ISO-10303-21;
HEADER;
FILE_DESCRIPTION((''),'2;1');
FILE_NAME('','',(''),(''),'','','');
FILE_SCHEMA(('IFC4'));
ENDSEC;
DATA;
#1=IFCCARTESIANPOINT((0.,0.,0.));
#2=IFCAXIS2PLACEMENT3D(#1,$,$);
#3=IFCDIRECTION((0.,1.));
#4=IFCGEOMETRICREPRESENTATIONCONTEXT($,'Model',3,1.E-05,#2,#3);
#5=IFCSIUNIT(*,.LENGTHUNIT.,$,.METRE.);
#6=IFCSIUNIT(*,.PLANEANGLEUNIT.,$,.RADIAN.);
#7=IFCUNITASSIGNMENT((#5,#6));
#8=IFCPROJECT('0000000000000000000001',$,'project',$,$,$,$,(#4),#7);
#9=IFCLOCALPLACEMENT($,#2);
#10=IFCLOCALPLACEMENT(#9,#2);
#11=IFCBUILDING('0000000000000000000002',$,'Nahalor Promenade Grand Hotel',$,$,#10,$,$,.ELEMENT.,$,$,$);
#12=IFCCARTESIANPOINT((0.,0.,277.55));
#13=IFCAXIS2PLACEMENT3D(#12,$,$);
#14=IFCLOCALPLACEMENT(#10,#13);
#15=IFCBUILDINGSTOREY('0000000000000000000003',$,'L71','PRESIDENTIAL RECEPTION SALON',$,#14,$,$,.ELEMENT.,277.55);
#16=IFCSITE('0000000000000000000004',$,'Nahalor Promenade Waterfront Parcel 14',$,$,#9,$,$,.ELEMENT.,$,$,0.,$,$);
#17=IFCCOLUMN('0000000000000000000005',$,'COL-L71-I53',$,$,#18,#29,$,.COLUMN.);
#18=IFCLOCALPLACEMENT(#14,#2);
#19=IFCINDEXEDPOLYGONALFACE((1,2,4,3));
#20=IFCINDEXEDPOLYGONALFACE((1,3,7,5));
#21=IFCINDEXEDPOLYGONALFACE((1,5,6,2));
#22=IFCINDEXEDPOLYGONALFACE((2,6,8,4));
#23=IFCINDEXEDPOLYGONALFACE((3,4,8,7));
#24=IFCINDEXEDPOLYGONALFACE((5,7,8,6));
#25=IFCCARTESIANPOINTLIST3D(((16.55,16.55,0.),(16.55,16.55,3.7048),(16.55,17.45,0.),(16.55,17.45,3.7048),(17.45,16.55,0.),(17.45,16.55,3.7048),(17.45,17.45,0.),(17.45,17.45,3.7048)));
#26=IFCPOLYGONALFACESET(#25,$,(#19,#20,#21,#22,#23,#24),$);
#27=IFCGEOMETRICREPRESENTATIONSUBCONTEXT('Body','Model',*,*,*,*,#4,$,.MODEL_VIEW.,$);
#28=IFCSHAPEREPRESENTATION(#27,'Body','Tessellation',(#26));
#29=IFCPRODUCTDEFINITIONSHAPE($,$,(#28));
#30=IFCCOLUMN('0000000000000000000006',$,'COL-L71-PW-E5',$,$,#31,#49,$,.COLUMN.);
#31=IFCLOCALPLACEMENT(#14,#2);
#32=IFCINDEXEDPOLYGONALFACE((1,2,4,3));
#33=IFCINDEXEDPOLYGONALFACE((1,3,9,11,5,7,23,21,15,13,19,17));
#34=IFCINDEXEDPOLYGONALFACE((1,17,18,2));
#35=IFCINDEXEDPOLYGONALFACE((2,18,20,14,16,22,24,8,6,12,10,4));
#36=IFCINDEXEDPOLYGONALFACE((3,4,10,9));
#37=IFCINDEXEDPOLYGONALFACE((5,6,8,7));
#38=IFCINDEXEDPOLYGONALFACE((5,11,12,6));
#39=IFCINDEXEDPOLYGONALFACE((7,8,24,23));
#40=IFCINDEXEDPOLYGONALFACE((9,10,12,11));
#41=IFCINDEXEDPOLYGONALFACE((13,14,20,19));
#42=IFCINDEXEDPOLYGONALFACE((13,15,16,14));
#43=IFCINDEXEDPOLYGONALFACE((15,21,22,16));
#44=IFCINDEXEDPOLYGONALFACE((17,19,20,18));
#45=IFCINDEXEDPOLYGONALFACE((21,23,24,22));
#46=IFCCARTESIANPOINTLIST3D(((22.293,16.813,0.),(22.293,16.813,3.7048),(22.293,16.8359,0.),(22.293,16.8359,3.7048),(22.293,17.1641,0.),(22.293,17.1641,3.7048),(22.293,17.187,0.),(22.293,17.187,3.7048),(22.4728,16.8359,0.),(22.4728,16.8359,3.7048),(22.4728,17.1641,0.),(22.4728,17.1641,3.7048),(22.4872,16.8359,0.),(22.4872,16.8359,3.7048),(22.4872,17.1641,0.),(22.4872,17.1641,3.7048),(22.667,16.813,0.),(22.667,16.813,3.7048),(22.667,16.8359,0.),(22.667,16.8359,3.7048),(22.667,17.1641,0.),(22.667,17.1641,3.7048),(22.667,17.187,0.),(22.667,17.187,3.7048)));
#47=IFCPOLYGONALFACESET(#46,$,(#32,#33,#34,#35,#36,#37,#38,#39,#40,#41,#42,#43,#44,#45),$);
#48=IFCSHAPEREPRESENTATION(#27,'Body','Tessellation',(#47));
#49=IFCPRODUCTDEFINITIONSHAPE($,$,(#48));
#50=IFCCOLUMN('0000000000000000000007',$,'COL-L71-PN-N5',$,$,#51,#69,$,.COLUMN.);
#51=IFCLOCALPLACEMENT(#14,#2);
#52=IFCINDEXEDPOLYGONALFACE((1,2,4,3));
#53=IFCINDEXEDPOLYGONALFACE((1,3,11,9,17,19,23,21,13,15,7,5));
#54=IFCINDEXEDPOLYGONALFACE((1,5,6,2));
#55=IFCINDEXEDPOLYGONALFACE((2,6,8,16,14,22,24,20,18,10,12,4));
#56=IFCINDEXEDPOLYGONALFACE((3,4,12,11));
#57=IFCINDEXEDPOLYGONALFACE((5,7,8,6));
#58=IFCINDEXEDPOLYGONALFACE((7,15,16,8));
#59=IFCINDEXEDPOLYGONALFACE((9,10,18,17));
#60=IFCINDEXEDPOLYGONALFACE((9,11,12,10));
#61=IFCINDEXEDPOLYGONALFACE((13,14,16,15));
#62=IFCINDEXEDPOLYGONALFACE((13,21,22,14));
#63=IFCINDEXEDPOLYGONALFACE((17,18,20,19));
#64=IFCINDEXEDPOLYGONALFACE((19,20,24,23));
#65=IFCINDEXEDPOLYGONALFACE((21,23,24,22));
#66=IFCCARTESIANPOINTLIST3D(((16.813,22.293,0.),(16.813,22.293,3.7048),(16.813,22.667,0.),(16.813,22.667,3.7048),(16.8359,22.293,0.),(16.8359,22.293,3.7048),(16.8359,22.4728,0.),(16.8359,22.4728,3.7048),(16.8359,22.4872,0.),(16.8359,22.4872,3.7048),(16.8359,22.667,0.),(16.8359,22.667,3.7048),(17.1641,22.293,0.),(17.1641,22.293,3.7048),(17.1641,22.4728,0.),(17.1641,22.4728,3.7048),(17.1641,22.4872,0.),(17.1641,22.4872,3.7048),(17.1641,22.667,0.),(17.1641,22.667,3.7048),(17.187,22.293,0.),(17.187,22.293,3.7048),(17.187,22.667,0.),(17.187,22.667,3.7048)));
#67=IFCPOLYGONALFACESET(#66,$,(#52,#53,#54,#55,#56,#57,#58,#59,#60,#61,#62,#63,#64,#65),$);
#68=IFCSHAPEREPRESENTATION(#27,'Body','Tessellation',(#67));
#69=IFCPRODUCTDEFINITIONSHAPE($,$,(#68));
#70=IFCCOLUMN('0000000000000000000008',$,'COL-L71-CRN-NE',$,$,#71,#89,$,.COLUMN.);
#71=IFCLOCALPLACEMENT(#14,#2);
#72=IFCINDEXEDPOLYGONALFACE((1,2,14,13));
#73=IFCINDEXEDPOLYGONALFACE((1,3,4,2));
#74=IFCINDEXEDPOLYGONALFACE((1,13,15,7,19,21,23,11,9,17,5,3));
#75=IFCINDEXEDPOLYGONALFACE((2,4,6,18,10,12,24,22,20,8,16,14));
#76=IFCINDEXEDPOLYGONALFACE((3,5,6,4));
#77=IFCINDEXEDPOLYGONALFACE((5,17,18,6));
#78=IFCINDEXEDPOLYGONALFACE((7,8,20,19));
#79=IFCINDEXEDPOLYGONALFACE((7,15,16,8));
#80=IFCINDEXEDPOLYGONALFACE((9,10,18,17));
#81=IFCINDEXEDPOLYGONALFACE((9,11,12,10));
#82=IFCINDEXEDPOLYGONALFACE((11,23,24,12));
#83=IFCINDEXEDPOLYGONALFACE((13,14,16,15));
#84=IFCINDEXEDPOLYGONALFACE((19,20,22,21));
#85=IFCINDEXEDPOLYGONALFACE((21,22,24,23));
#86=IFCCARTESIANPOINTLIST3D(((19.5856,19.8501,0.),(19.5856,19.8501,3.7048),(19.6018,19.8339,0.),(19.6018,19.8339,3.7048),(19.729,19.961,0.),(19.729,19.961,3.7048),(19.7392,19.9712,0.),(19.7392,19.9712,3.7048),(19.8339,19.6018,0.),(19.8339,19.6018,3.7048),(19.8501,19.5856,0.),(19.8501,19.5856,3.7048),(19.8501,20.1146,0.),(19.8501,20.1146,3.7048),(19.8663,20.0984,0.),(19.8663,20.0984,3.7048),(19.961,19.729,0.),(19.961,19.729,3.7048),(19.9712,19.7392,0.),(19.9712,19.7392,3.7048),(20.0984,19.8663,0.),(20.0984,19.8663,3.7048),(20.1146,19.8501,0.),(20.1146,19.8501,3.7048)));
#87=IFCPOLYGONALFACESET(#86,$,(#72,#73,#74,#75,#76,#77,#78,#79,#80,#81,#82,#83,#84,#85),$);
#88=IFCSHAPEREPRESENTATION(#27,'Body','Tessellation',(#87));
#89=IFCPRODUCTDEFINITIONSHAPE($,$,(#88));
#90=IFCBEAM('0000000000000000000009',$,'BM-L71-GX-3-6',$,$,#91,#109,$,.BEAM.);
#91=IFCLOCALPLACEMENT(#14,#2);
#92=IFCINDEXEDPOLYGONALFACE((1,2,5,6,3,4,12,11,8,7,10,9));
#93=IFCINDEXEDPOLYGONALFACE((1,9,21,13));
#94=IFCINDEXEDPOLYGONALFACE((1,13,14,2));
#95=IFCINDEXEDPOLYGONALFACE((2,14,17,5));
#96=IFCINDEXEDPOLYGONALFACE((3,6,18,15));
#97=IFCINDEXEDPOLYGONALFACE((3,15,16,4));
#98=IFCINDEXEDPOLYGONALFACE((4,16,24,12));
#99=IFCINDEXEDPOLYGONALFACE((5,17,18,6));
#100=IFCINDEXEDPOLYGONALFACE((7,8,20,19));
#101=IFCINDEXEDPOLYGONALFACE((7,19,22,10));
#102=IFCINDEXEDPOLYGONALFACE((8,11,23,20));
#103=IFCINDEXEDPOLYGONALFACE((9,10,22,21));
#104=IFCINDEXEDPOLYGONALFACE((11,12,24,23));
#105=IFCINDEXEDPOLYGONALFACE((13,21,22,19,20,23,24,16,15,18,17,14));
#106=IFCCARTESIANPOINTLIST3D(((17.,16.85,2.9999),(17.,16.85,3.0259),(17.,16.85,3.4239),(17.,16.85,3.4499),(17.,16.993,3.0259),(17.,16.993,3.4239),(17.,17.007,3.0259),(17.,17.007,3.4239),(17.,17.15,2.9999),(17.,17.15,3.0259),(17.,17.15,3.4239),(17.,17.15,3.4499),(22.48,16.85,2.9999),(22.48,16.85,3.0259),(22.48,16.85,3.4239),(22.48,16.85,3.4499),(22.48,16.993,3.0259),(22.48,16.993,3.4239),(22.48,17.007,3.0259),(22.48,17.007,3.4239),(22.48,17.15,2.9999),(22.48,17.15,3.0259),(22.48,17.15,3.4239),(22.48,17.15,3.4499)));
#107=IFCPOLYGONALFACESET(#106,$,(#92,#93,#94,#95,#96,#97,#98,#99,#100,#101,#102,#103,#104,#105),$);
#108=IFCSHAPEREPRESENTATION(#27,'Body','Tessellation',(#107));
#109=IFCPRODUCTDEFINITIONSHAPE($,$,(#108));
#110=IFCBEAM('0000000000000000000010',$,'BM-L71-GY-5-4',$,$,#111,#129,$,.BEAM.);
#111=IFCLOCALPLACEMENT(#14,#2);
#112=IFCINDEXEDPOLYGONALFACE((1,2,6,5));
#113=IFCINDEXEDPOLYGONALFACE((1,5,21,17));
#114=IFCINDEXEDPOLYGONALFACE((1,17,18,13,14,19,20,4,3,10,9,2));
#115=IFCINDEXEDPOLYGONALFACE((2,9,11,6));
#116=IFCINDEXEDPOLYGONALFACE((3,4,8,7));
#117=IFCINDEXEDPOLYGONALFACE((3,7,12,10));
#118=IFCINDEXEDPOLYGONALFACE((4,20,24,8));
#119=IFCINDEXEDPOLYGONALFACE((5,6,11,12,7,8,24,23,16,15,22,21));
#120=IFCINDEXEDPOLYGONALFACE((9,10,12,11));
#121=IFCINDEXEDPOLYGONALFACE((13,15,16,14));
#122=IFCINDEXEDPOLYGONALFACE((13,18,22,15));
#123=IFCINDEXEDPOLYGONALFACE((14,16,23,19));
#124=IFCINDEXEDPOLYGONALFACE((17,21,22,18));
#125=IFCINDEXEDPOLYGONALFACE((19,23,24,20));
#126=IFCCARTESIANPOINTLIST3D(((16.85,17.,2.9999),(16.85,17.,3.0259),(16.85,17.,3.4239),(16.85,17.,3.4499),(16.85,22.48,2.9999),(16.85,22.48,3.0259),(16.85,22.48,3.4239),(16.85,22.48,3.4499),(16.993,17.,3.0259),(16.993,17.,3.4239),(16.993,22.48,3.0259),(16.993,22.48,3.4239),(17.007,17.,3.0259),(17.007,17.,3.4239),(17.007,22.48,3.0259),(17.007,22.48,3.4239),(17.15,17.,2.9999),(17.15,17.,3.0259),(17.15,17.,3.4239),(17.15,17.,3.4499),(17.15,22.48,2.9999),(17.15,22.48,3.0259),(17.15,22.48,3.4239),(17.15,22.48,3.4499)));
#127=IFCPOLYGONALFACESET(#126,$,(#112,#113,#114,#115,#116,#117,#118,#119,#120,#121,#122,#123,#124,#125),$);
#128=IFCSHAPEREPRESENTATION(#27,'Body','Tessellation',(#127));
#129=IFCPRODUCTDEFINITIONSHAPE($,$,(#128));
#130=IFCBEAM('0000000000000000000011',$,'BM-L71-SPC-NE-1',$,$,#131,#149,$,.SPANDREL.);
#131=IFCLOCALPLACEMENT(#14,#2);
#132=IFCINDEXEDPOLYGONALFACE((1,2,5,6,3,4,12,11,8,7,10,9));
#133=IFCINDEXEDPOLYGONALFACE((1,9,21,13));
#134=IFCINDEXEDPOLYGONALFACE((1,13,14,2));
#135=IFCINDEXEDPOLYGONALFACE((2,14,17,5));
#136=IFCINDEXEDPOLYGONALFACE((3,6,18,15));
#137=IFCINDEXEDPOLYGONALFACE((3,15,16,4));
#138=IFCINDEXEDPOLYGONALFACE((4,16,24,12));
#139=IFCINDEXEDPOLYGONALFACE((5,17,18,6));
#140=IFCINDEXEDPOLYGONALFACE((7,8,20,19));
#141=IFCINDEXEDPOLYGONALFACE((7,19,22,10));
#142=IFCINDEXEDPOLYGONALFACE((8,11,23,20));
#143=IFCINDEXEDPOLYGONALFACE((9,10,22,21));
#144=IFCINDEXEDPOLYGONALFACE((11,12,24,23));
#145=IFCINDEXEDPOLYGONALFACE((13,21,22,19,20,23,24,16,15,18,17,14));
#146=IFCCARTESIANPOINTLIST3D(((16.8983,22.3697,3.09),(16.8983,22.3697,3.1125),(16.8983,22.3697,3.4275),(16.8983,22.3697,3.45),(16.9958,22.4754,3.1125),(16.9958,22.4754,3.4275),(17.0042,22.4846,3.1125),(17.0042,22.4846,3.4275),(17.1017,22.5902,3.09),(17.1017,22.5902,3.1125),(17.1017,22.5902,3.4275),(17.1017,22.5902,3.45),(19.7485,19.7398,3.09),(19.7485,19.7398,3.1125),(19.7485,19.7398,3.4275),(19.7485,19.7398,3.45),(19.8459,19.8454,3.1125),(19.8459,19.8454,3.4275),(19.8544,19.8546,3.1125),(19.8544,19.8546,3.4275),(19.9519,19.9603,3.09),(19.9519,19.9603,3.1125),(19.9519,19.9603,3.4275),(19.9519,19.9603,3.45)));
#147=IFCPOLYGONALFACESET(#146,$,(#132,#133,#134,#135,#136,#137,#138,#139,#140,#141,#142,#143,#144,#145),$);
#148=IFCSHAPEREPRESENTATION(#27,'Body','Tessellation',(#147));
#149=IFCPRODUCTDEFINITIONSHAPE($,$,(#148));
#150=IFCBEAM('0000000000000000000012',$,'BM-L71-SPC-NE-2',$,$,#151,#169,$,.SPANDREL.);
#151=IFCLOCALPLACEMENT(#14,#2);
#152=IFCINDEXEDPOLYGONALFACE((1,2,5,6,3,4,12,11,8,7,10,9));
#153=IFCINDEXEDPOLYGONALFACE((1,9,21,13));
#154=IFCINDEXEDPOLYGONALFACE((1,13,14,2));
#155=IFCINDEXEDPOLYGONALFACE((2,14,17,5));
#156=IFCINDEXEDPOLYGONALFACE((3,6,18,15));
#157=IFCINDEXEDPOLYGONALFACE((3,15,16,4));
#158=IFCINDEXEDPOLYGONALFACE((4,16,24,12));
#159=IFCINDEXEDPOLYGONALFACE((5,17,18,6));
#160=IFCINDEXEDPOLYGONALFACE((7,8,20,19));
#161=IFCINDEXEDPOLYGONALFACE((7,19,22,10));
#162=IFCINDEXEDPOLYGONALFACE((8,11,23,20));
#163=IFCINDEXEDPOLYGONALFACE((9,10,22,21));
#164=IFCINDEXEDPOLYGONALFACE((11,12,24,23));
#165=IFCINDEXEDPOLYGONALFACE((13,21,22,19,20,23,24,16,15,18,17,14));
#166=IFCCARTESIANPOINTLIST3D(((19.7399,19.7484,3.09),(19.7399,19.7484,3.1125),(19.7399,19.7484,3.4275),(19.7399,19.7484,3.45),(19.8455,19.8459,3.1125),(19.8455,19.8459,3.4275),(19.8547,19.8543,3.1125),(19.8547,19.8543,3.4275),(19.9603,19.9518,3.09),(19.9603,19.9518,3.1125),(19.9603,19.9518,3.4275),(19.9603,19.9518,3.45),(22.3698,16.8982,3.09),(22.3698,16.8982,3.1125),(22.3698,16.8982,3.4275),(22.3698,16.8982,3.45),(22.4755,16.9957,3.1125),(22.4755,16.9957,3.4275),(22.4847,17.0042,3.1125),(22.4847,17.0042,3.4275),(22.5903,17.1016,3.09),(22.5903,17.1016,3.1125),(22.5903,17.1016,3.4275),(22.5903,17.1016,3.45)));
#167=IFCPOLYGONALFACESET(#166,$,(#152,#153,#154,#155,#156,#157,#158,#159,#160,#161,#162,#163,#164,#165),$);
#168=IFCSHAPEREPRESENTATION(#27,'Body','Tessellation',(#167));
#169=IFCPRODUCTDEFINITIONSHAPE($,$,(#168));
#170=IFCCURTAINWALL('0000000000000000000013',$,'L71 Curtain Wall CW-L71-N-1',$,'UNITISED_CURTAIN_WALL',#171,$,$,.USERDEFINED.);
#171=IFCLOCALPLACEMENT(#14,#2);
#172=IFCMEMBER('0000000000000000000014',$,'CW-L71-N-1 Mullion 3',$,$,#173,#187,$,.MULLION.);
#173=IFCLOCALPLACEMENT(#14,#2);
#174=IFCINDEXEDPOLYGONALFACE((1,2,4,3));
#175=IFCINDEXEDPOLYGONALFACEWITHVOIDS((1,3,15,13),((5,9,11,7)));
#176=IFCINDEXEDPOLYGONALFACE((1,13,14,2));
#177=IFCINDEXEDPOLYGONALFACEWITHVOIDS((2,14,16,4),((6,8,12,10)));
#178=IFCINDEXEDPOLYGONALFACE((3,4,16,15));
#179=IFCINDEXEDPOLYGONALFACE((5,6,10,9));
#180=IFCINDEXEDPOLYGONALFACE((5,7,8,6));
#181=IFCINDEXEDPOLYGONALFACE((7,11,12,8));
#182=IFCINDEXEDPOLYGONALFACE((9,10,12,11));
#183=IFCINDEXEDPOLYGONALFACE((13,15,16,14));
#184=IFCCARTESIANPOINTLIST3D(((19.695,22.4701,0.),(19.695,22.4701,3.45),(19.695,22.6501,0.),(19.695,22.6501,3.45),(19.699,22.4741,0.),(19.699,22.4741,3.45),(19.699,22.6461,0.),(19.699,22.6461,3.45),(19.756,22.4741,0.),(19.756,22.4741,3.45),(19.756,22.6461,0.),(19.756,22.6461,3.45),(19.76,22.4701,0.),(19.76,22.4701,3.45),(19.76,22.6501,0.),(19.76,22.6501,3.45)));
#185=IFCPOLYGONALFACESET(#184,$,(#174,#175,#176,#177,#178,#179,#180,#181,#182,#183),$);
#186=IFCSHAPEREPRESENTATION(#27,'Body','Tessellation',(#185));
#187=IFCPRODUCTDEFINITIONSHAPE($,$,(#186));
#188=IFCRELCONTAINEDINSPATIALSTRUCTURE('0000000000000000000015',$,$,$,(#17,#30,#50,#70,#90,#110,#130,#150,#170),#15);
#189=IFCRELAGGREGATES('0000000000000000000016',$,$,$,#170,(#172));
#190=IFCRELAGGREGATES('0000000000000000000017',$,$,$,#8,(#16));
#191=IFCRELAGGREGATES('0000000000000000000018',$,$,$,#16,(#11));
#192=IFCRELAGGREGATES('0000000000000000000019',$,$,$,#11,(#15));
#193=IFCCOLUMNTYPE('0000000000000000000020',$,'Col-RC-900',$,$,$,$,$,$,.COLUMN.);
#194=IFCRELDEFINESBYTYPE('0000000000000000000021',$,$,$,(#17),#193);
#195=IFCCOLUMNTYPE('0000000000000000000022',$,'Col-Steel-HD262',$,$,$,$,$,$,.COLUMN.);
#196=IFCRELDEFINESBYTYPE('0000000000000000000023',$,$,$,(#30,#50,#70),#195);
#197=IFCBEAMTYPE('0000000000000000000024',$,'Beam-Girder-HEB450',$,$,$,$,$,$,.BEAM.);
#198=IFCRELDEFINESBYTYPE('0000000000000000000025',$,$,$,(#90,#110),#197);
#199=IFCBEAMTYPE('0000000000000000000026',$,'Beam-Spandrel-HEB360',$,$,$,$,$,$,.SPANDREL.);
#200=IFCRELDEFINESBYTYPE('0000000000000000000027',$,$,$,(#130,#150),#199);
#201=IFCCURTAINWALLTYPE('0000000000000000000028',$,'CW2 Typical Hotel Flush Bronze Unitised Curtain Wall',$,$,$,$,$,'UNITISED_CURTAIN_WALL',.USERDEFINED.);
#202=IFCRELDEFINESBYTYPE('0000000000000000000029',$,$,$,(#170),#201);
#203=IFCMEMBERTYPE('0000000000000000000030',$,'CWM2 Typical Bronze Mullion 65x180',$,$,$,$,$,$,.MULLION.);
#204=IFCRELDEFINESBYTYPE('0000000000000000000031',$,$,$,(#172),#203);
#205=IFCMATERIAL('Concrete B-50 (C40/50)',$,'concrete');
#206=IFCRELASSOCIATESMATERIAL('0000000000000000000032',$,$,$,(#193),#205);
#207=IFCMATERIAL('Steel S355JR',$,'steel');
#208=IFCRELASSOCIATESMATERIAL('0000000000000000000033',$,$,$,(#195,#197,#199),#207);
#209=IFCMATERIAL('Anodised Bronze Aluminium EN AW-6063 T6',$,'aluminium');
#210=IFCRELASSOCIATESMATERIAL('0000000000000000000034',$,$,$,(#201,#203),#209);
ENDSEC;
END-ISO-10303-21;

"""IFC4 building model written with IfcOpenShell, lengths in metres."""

from ifc_helpers import new_model, si_unit, direction, frame, origin, origin_2d, place, context, subcontext, project, spatial, rectangle, hollow_rectangle, i_section, extrude, source, transform, mapped, material, material_profile, profile_set, type_object, element, aggregate, save


model = new_model("IFC4")

# Units and contexts
model_context = context("Model", 3, precision=1e-05, world=origin(), true_north=direction((0.0, 1.0)))
body_context = subcontext(model_context, "Body", "Model", "MODEL_VIEW")
ifc_project = project(units=[si_unit("LENGTHUNIT", "METRE"), si_unit("PLANEANGLEUNIT", "RADIAN")], contexts=[model_context])

# Site, building, storey
site_placement = place(None, origin())
site = spatial("IfcSite", under=ifc_project, at=site_placement, Name="Nahalor Promenade Waterfront Parcel 14", CompositionType="ELEMENT", RefElevation=0.0)
building_placement = place(site_placement, origin())
building = spatial("IfcBuilding", under=site, at=building_placement, Name="Nahalor Promenade Grand Hotel", CompositionType="ELEMENT")
storey_placement = place(building_placement, frame((0.0, 0.0, 277.55)))
storey = spatial("IfcBuildingStorey", under=building, at=storey_placement, Name="L71", Description="PRESIDENTIAL RECEPTION SALON", CompositionType="ELEMENT", Elevation=277.55)

# Columns
ifc_material_1 = material(Name="Concrete B-50 (C40/50)", Category="concrete")
ifc_material_profile_1 = material_profile(ifc_material_1, rectangle(XDim=0.9, YDim=0.9, at=origin_2d()), Name="RC 900x900")
ifc_profile_set_1 = profile_set([ifc_material_profile_1], Name="Concrete B-50 (C40/50)")
column_type_1 = type_object("IfcColumnType", Name="Col-RC-900", PredefinedType="COLUMN", material=ifc_profile_set_1)
shared_shape_1 = source(origin(), body_context, "Body", "SweptSolid", [
    extrude(rectangle(XDim=0.9, YDim=0.9, at=origin_2d()), origin(), (0.0, 0.0, 1.0), 3.7048),
])
column_placement = place(storey_placement, frame((17.0, 17.0, 0.0), z_axis=(0.0, 0.0, 1.0), x_axis=(1.0, 0.0, 0.0)))
element("IfcColumn", 1, at=column_placement, inside=storey, type_object=column_type_1, Name="COL-L71-I53", PredefinedType="COLUMN", context=body_context, shape_type="MappedRepresentation", body=[
    mapped(shared_shape_1, transform((0.0, 0.0, 0.0), scale=1.0)),
])
ifc_material_2 = material(Name="Steel S355JR", Category="steel")
ifc_material_profile_2 = material_profile(ifc_material_2, i_section(OverallWidth=0.374, OverallDepth=0.374, WebThickness=0.0144, FlangeThickness=0.0229, at=origin_2d()), Name="HD 360x262")
ifc_profile_set_2 = profile_set([ifc_material_profile_2], Name="Steel S355JR")
column_type_2 = type_object("IfcColumnType", Name="Col-Steel-HD262", PredefinedType="COLUMN", material=ifc_profile_set_2)
shared_shape_2 = source(origin(), body_context, "Body", "SweptSolid", [
    extrude(i_section(OverallWidth=0.374, OverallDepth=0.374, WebThickness=0.0144, FlangeThickness=0.0229, at=origin_2d()), origin(), (0.0, 0.0, 1.0), 3.7048),
])
for number, where, z_axis, x_axis, name in (
    (2, (22.48, 17.0, 0.0), (0.0, 0.0, 1.0), (1.0, 0.0, 0.0), "COL-L71-PW-E5"),
    (3, (17.0, 22.48, 0.0), (0.0, 0.0, 1.0), (0.0, 1.0, 0.0), "COL-L71-PN-N5"),
    (4, (19.8501, 19.8501, 0.0), (0.0, 0.0, 1.0), (0.707107, 0.707107, 0.0), "COL-L71-CRN-NE"),
):
    element("IfcColumn", number, at=place(storey_placement, frame(where, z_axis=z_axis, x_axis=x_axis)), inside=storey, type_object=column_type_2, Name=name, PredefinedType="COLUMN", context=body_context, shape_type="MappedRepresentation", body=[
        mapped(shared_shape_2, transform((0.0, 0.0, 0.0), scale=1.0)),
    ])

# Beams
ifc_material_profile_3 = material_profile(ifc_material_2, i_section(OverallWidth=0.3, OverallDepth=0.45, WebThickness=0.014, FlangeThickness=0.026, at=origin_2d()), Name="HEB 450")
ifc_profile_set_3 = profile_set([ifc_material_profile_3], Name="Steel S355JR")
beam_type_1 = type_object("IfcBeamType", Name="Beam-Girder-HEB450", PredefinedType="BEAM", material=ifc_profile_set_3)
shared_shape_3 = source(origin(), body_context, "Body", "SweptSolid", [
    extrude(i_section(OverallWidth=0.3, OverallDepth=0.45, WebThickness=0.014, FlangeThickness=0.026, at=origin_2d()), origin(), (0.0, 0.0, 1.0), 5.48),
])
for number, where, z_axis, x_axis, name in (
    (5, (17.0, 17.0, 3.2249), (1.0, 0.0, 0.0), (0.0, 1.0, 0.0), "BM-L71-GX-3-6"),
    (6, (17.0, 17.0, 3.2249), (0.0, 1.0, 0.0), (-1.0, 0.0, 0.0), "BM-L71-GY-5-4"),
):
    element("IfcBeam", number, at=place(storey_placement, frame(where, z_axis=z_axis, x_axis=x_axis)), inside=storey, type_object=beam_type_1, Name=name, PredefinedType="BEAM", context=body_context, shape_type="MappedRepresentation", body=[
        mapped(shared_shape_3, transform((0.0, 0.0, 0.0), scale=1.0)),
    ])
ifc_material_profile_4 = material_profile(ifc_material_2, i_section(OverallWidth=0.3, OverallDepth=0.36, WebThickness=0.0125, FlangeThickness=0.0225, at=origin_2d()), Name="HEB 360")
ifc_profile_set_4 = profile_set([ifc_material_profile_4], Name="Steel S355JR")
beam_type_2 = type_object("IfcBeamType", Name="Beam-Spandrel-HEB360", PredefinedType="SPANDREL", material=ifc_profile_set_4)
shared_shape_4 = source(origin(), body_context, "Body", "SweptSolid", [
    extrude(i_section(OverallWidth=0.3, OverallDepth=0.36, WebThickness=0.0125, FlangeThickness=0.0225, at=origin_2d()), origin(), (0.0, 0.0, 1.0), 3.8782),
])
for number, where, z_axis, x_axis, name in (
    (7, (17.0, 22.48, 3.27), (0.734929, -0.678144, 0.0), (0.678144, 0.734929, 0.0), "BM-L71-SPC-NE-1"),
    (8, (19.8501, 19.8501, 3.27), (0.678144, -0.734929, 0.0), (0.734929, 0.678144, 0.0), "BM-L71-SPC-NE-2"),
):
    element("IfcBeam", number, at=place(storey_placement, frame(where, z_axis=z_axis, x_axis=x_axis)), inside=storey, type_object=beam_type_2, Name=name, PredefinedType="SPANDREL", context=body_context, shape_type="MappedRepresentation", body=[
        mapped(shared_shape_4, transform((0.0, 0.0, 0.0), scale=1.0)),
    ])

# Curtain wall, member
ifc_material_3 = material(Name="Anodised Bronze Aluminium EN AW-6063 T6", Category="aluminium")
curtain_wall_type = type_object("IfcCurtainWallType", Name="CW2 Typical Hotel Flush Bronze Unitised Curtain Wall", ElementType="UNITISED_CURTAIN_WALL", PredefinedType="USERDEFINED", material=ifc_material_3)
curtain_wall_1_placement = place(storey_placement, origin())
curtain_wall_1 = element("IfcCurtainWall", 9, at=curtain_wall_1_placement, inside=storey, type_object=curtain_wall_type, Name="L71 Curtain Wall CW-L71-N-1", ObjectType="UNITISED_CURTAIN_WALL", PredefinedType="USERDEFINED")
ifc_material_profile_5 = material_profile(ifc_material_3, hollow_rectangle(XDim=0.065, YDim=0.18, WallThickness=0.004, at=origin_2d()), Name="CWM 65x180x4")
ifc_profile_set_5 = profile_set([ifc_material_profile_5], Name="Anodised Bronze Aluminium EN AW-6063 T6")
member_type = type_object("IfcMemberType", Name="CWM2 Typical Bronze Mullion 65x180", PredefinedType="MULLION", material=ifc_profile_set_5)
shared_shape_5 = source(origin(), body_context, "Body", "SweptSolid", [
    extrude(hollow_rectangle(XDim=0.065, YDim=0.18, WallThickness=0.004, at=origin_2d()), origin(), (0.0, 0.0, 1.0), 3.45),
])
member_1_placement = place(storey_placement, frame((19.7275, 22.5601, 0.0), z_axis=(0.0, 0.0, 1.0), x_axis=(1.0, 0.0, 0.0)))
member_1 = element("IfcMember", 10, at=member_1_placement, type_object=member_type, Name="CW-L71-N-1 Mullion 3", PredefinedType="MULLION", context=body_context, shape_type="MappedRepresentation", body=[
    mapped(shared_shape_5, transform((0.0, 0.0, 0.0), scale=1.0)),
])

aggregate(curtain_wall_1, [member_1])

save(model, "model.ifc")
